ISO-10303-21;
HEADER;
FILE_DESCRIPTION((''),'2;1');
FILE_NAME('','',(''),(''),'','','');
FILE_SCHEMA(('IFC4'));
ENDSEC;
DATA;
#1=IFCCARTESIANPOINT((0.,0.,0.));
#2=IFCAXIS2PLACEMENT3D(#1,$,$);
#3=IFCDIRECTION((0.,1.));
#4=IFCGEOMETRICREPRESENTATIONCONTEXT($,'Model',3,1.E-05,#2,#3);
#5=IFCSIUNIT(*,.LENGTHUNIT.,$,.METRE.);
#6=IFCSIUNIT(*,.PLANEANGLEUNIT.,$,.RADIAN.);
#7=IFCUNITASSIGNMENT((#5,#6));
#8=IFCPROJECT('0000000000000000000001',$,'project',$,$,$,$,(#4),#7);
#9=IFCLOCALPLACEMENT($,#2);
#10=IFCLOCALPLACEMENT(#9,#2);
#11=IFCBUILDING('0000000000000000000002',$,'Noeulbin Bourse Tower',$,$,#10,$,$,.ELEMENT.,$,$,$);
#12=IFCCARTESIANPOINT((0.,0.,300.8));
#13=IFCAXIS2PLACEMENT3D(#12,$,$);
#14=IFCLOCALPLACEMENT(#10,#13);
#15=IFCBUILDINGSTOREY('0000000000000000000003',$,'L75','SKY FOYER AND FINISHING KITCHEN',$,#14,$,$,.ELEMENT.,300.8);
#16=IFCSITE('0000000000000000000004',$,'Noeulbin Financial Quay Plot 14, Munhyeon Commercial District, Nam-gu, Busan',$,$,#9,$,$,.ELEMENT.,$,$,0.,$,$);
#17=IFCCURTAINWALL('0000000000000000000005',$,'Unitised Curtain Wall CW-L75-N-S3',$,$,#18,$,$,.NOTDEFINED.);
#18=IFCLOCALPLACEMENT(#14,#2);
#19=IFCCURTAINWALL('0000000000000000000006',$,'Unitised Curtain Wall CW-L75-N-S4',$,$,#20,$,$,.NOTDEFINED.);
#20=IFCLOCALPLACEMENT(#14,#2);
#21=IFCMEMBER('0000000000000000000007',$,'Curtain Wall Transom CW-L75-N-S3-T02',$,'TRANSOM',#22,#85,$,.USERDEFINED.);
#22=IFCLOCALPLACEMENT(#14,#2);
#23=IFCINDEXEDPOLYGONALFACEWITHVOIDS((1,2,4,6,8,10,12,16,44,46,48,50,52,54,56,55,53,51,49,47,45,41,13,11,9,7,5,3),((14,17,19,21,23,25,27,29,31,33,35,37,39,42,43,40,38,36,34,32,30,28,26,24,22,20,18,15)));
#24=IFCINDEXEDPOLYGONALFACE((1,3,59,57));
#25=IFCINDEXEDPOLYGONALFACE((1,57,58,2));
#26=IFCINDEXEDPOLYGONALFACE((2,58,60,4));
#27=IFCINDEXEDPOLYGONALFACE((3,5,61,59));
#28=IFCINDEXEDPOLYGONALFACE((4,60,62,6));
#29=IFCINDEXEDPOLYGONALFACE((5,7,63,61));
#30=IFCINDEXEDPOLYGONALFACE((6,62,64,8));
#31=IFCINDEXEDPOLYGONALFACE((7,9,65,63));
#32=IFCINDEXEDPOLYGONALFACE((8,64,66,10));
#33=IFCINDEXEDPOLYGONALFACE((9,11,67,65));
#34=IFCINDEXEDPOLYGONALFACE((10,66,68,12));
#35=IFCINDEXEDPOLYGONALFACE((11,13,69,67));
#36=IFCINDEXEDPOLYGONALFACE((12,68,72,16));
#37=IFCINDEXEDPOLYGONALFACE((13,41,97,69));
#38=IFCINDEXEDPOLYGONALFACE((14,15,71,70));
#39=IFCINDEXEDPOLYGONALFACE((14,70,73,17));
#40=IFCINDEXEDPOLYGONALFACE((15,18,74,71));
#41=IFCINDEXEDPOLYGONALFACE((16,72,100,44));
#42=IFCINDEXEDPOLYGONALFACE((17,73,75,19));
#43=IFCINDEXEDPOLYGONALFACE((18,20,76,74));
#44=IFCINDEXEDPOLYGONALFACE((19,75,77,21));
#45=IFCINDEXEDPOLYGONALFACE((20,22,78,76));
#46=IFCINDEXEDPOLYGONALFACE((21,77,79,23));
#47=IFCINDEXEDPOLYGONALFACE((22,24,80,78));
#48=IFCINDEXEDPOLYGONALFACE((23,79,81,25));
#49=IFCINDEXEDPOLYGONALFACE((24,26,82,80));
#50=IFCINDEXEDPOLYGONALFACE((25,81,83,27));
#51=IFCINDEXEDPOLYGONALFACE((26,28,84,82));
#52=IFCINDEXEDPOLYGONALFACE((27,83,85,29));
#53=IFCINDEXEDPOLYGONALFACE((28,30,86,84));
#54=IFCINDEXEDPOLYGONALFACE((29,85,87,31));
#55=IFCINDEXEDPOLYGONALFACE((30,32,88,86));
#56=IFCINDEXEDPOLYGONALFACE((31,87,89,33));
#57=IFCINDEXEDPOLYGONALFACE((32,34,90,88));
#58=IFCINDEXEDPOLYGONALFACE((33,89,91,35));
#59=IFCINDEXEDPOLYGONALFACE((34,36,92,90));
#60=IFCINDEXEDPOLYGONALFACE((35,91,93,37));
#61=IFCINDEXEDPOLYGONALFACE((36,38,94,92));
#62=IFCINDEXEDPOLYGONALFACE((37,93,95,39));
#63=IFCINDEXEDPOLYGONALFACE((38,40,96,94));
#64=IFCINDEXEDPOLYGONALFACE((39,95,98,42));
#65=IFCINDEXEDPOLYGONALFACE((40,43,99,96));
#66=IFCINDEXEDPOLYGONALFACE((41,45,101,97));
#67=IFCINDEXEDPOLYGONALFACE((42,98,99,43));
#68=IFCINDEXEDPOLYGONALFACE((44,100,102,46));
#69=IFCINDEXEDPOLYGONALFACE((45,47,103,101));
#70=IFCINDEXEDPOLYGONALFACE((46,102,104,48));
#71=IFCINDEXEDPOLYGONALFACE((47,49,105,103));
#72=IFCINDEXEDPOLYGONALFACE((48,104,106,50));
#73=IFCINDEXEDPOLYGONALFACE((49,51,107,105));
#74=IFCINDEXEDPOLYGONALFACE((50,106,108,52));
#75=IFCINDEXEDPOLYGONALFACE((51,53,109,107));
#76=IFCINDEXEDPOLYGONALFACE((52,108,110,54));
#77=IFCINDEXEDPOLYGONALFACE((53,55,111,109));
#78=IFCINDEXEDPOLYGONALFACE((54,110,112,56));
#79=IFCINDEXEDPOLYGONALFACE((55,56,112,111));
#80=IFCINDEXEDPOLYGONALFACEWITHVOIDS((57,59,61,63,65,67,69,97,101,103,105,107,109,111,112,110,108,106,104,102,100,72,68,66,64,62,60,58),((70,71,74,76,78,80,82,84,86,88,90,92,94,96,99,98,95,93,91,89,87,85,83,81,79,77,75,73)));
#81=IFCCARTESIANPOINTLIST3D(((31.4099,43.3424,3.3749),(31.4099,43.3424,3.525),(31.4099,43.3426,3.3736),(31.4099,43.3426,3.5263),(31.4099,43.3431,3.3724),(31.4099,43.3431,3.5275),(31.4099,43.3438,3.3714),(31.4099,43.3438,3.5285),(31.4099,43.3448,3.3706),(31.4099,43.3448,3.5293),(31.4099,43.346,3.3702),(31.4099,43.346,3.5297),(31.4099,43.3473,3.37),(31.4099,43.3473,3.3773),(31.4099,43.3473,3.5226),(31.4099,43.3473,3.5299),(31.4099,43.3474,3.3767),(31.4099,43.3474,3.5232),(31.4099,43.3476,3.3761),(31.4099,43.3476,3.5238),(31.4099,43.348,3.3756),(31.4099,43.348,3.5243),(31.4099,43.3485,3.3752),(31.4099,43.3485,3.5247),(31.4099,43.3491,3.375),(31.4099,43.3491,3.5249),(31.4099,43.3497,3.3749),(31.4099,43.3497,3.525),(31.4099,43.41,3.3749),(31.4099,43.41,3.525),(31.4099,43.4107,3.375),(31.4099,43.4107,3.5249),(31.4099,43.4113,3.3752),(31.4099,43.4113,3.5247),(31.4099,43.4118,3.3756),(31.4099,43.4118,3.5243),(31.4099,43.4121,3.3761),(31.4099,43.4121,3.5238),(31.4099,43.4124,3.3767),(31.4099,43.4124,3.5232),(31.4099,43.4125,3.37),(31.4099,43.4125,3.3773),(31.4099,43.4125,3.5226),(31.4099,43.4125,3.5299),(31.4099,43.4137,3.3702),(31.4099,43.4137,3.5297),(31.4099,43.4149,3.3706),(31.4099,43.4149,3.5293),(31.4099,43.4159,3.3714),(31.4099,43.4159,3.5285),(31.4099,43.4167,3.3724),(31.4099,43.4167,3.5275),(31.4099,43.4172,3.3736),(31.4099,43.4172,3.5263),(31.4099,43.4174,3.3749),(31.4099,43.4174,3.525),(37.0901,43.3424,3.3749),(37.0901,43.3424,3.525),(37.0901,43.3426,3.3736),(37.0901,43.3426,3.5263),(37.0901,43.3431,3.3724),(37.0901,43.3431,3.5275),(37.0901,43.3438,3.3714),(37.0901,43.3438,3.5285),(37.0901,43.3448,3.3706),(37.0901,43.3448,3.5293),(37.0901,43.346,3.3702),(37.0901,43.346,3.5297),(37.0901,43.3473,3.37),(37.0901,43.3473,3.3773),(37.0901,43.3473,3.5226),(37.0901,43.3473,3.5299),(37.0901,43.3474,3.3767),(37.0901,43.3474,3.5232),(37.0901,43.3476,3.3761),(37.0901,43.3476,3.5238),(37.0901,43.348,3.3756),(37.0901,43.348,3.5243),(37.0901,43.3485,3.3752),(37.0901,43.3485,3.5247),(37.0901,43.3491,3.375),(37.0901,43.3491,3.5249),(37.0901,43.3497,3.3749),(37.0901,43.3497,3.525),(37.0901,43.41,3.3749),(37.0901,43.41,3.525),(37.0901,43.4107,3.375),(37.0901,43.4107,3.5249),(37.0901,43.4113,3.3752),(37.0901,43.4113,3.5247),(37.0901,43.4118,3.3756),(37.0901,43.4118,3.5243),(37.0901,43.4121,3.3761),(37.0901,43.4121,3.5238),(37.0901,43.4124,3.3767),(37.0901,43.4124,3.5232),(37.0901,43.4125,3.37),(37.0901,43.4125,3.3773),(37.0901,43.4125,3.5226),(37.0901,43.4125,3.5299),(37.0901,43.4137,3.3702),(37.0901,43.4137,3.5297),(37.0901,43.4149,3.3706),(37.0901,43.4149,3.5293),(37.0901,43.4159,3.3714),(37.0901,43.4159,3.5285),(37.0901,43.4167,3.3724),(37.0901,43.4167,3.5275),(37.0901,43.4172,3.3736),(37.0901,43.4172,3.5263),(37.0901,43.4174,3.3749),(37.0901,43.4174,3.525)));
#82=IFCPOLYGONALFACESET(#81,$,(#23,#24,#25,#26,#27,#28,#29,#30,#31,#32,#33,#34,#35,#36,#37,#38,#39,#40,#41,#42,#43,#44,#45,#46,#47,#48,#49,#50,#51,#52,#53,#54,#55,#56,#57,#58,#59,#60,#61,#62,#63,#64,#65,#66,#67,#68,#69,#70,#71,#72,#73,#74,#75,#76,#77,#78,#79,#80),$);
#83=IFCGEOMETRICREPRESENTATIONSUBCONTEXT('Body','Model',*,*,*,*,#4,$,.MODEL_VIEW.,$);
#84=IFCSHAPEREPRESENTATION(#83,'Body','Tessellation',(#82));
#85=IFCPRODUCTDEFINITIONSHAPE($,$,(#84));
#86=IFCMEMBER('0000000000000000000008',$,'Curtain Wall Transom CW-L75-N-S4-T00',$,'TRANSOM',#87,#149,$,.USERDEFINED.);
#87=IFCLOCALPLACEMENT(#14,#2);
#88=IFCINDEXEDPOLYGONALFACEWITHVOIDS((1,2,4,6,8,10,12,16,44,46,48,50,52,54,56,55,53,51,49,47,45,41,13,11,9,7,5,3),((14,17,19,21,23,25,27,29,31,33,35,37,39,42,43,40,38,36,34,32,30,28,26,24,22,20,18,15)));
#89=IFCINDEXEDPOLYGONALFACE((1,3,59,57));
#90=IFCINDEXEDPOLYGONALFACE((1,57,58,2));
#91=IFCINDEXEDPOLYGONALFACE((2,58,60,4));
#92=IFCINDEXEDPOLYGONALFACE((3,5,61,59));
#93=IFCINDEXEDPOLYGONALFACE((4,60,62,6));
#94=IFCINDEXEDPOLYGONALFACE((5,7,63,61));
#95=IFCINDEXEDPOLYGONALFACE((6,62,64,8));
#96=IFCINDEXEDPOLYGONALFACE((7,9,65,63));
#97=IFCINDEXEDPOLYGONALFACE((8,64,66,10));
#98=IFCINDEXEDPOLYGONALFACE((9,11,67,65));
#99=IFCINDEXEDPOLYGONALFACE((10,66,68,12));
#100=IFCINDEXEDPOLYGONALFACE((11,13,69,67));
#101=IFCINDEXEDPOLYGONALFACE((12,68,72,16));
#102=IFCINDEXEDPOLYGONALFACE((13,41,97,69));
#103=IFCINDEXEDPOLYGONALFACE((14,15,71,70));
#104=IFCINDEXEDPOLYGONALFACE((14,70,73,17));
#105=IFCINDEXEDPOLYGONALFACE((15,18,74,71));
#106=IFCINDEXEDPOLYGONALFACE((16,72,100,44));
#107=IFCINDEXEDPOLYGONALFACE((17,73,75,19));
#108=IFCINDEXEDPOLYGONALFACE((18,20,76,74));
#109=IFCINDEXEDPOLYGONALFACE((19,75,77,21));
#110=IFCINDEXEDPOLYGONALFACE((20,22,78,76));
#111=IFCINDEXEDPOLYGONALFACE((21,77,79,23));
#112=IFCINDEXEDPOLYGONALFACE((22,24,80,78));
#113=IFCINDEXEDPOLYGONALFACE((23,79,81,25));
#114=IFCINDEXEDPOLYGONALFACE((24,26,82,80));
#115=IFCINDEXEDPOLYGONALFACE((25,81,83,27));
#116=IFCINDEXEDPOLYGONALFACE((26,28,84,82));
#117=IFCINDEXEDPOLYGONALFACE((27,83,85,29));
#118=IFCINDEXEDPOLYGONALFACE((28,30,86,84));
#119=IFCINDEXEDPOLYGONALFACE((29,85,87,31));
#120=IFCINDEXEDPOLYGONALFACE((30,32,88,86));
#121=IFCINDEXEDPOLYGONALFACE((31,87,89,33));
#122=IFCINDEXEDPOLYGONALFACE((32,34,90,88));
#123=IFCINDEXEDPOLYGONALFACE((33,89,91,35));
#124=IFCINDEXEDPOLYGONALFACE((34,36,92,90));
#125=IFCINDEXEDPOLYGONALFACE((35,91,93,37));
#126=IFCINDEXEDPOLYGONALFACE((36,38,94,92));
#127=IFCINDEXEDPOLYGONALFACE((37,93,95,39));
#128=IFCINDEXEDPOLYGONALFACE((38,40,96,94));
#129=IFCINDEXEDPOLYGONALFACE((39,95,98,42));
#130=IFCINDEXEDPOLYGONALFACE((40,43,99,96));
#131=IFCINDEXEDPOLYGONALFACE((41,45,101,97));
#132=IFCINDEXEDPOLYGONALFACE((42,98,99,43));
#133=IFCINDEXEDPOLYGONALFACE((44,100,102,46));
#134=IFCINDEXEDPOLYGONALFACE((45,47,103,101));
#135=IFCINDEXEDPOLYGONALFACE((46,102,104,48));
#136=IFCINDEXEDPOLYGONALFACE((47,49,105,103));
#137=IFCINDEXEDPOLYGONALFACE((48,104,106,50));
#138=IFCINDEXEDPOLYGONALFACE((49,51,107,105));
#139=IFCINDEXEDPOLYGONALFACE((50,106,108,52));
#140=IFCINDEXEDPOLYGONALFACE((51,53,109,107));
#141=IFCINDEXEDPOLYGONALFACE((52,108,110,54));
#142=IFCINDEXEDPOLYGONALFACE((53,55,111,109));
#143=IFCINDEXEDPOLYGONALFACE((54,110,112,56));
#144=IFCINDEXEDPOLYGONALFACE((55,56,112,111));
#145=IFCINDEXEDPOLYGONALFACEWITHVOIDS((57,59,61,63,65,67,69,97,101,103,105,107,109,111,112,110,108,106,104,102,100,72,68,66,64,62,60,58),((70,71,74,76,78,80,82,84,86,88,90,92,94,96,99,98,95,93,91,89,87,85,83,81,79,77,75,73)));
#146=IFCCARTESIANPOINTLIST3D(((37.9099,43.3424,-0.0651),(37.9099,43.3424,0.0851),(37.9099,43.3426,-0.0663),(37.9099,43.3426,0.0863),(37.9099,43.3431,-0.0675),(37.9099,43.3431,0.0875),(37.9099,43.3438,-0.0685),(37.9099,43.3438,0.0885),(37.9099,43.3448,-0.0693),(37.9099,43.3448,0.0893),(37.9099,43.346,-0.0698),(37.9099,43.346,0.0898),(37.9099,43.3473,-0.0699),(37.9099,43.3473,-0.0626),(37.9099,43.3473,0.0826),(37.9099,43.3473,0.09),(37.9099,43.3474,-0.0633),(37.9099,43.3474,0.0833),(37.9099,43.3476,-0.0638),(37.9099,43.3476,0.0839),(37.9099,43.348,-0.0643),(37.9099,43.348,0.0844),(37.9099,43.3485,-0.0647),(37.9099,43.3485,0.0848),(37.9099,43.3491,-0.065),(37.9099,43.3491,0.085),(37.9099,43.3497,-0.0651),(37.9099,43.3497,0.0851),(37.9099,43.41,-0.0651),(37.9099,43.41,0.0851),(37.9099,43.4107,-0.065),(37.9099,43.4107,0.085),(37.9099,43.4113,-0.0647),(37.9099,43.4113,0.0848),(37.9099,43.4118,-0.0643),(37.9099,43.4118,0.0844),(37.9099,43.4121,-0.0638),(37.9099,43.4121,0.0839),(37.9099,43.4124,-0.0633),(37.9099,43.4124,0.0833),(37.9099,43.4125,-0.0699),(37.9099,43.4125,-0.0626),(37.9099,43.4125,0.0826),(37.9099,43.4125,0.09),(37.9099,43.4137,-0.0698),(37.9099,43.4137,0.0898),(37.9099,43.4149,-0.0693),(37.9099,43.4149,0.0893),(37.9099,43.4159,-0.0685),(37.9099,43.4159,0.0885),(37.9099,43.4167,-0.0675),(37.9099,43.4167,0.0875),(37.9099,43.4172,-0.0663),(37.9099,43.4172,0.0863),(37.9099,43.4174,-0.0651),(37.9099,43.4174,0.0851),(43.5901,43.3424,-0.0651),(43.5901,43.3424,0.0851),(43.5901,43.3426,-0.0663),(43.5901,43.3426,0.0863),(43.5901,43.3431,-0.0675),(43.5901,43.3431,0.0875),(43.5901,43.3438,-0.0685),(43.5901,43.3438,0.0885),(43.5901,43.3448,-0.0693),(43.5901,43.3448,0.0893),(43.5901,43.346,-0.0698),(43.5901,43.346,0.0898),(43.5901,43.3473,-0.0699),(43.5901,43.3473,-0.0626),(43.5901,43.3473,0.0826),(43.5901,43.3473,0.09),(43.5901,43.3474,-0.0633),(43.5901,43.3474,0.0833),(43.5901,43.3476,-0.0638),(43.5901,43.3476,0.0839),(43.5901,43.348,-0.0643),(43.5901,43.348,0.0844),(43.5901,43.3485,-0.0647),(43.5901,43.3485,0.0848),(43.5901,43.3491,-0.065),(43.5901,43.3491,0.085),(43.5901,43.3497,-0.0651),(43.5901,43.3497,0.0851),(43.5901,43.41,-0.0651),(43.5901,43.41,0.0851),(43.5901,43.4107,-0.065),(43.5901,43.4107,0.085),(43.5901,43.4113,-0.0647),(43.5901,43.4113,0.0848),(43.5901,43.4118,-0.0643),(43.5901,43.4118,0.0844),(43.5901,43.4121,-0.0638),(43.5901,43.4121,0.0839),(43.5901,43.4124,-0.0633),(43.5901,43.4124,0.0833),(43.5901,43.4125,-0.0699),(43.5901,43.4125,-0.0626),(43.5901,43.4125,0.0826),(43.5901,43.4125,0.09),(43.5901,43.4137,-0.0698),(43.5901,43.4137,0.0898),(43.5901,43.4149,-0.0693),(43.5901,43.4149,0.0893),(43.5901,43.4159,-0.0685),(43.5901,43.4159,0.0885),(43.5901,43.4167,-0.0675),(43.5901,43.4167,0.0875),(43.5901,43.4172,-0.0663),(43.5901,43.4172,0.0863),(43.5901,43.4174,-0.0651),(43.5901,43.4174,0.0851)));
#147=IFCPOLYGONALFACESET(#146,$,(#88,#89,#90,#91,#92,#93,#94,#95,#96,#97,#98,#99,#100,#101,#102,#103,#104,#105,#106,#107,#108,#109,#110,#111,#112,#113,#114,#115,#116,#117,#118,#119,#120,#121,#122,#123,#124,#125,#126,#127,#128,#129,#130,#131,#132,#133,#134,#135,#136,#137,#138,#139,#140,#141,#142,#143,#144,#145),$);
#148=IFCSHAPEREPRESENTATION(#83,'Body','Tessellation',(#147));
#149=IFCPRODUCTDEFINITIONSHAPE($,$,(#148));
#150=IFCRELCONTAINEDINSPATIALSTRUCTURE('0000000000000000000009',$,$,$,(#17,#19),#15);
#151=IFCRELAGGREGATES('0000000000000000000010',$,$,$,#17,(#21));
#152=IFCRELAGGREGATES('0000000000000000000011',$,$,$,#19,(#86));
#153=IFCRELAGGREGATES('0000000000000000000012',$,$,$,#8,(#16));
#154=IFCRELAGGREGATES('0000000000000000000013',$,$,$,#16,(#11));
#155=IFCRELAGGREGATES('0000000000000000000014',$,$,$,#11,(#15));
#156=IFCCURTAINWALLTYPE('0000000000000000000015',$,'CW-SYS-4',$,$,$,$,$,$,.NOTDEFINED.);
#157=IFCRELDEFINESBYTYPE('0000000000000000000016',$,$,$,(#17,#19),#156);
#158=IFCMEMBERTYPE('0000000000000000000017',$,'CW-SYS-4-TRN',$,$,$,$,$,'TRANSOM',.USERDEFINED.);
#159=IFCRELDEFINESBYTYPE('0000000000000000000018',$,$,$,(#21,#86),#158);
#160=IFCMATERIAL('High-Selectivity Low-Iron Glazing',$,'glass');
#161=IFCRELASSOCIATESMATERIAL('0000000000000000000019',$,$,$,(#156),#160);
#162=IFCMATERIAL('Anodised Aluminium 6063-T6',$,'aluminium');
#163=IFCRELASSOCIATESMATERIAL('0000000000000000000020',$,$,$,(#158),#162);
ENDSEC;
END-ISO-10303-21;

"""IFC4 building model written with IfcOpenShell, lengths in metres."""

from ifc_helpers import new_model, si_unit, direction, frame, origin, origin_2d, place, context, subcontext, project, spatial, hollow_rectangle, extrude, material, material_profile, profile_set, type_object, element, aggregate, save


model = new_model("IFC4")

# Units and contexts
model_context = context("Model", 3, precision=1e-05, world=origin(), true_north=direction((0.0, 1.0)))
body_context = subcontext(model_context, "Body", "Model", "MODEL_VIEW")
ifc_project = project(units=[si_unit("LENGTHUNIT", "METRE"), si_unit("PLANEANGLEUNIT", "RADIAN")], contexts=[model_context])

# Site, building, storey
site_placement = place(None, origin())
site = spatial("IfcSite", under=ifc_project, at=site_placement, Name="Noeulbin Financial Quay Plot 14, Munhyeon Commercial District, Nam-gu, Busan", CompositionType="ELEMENT", RefElevation=0.0)
building_placement = place(site_placement, origin())
building = spatial("IfcBuilding", under=site, at=building_placement, Name="Noeulbin Bourse Tower", CompositionType="ELEMENT")
storey_placement = place(building_placement, frame((0.0, 0.0, 300.8)))
storey = spatial("IfcBuildingStorey", under=building, at=storey_placement, Name="L75", Description="SKY FOYER AND FINISHING KITCHEN", CompositionType="ELEMENT", Elevation=300.8)

# Curtain walls
ifc_material_1 = material(Name="High-Selectivity Low-Iron Glazing", Category="glass")
curtain_wall_type = type_object("IfcCurtainWallType", Name="CW-SYS-4", PredefinedType="NOTDEFINED", material=ifc_material_1)
curtain_wall_1_placement = place(storey_placement, origin())
curtain_wall_1 = element("IfcCurtainWall", 1, at=curtain_wall_1_placement, inside=storey, type_object=curtain_wall_type, Name="Unitised Curtain Wall CW-L75-N-S3", PredefinedType="NOTDEFINED")
ifc_material_2 = material(Name="Anodised Aluminium 6063-T6", Category="aluminium")
curtain_wall_2_placement = place(storey_placement, origin())
curtain_wall_2 = element("IfcCurtainWall", 2, at=curtain_wall_2_placement, inside=storey, type_object=curtain_wall_type, Name="Unitised Curtain Wall CW-L75-N-S4", PredefinedType="NOTDEFINED")

# Members
ifc_material_profile_1 = material_profile(ifc_material_2, hollow_rectangle(XDim=0.075, YDim=0.1599, WallThickness=0.0049, InnerFilletRadius=0.0024, OuterFilletRadius=0.0049, at=origin_2d()), Name="ALU-TRAN-75x160x5", Category="LoadBearing")
ifc_profile_set_1 = profile_set([ifc_material_profile_1], Name="Anodised Aluminium 6063-T6")
member_type_1 = type_object("IfcMemberType", Name="CW-SYS-4-TRN", ElementType="TRANSOM", PredefinedType="USERDEFINED", material=ifc_profile_set_1)
member_1_placement = place(storey_placement, frame((31.4099, 43.3799, 3.45), z_axis=(1.0, 0.0, 0.0), x_axis=(0.0, 1.0, 0.0)))
member_1 = element("IfcMember", 3, at=member_1_placement, type_object=member_type_1, Name="Curtain Wall Transom CW-L75-N-S3-T02", ObjectType="TRANSOM", PredefinedType="USERDEFINED", context=body_context, shape_type="SweptSolid", body=[
    extrude(hollow_rectangle(XDim=0.075, YDim=0.1599, WallThickness=0.0049, InnerFilletRadius=0.0024, OuterFilletRadius=0.0049, at=origin_2d()), origin(), (0.0, 0.0, 1.0), 5.6802),
])
member_2_placement = place(storey_placement, frame((37.9099, 43.3799, 0.01), z_axis=(1.0, 0.0, 0.0), x_axis=(0.0, 1.0, 0.0)))
member_2 = element("IfcMember", 4, at=member_2_placement, type_object=member_type_1, Name="Curtain Wall Transom CW-L75-N-S4-T00", ObjectType="TRANSOM", PredefinedType="USERDEFINED", context=body_context, shape_type="SweptSolid", body=[
    extrude(hollow_rectangle(XDim=0.075, YDim=0.1599, WallThickness=0.0049, InnerFilletRadius=0.0024, OuterFilletRadius=0.0049, at=origin_2d()), origin(), (0.0, 0.0, 1.0), 5.6802),
])

aggregate(curtain_wall_1, [member_1])
aggregate(curtain_wall_2, [member_2])

save(model, "model.ifc")
